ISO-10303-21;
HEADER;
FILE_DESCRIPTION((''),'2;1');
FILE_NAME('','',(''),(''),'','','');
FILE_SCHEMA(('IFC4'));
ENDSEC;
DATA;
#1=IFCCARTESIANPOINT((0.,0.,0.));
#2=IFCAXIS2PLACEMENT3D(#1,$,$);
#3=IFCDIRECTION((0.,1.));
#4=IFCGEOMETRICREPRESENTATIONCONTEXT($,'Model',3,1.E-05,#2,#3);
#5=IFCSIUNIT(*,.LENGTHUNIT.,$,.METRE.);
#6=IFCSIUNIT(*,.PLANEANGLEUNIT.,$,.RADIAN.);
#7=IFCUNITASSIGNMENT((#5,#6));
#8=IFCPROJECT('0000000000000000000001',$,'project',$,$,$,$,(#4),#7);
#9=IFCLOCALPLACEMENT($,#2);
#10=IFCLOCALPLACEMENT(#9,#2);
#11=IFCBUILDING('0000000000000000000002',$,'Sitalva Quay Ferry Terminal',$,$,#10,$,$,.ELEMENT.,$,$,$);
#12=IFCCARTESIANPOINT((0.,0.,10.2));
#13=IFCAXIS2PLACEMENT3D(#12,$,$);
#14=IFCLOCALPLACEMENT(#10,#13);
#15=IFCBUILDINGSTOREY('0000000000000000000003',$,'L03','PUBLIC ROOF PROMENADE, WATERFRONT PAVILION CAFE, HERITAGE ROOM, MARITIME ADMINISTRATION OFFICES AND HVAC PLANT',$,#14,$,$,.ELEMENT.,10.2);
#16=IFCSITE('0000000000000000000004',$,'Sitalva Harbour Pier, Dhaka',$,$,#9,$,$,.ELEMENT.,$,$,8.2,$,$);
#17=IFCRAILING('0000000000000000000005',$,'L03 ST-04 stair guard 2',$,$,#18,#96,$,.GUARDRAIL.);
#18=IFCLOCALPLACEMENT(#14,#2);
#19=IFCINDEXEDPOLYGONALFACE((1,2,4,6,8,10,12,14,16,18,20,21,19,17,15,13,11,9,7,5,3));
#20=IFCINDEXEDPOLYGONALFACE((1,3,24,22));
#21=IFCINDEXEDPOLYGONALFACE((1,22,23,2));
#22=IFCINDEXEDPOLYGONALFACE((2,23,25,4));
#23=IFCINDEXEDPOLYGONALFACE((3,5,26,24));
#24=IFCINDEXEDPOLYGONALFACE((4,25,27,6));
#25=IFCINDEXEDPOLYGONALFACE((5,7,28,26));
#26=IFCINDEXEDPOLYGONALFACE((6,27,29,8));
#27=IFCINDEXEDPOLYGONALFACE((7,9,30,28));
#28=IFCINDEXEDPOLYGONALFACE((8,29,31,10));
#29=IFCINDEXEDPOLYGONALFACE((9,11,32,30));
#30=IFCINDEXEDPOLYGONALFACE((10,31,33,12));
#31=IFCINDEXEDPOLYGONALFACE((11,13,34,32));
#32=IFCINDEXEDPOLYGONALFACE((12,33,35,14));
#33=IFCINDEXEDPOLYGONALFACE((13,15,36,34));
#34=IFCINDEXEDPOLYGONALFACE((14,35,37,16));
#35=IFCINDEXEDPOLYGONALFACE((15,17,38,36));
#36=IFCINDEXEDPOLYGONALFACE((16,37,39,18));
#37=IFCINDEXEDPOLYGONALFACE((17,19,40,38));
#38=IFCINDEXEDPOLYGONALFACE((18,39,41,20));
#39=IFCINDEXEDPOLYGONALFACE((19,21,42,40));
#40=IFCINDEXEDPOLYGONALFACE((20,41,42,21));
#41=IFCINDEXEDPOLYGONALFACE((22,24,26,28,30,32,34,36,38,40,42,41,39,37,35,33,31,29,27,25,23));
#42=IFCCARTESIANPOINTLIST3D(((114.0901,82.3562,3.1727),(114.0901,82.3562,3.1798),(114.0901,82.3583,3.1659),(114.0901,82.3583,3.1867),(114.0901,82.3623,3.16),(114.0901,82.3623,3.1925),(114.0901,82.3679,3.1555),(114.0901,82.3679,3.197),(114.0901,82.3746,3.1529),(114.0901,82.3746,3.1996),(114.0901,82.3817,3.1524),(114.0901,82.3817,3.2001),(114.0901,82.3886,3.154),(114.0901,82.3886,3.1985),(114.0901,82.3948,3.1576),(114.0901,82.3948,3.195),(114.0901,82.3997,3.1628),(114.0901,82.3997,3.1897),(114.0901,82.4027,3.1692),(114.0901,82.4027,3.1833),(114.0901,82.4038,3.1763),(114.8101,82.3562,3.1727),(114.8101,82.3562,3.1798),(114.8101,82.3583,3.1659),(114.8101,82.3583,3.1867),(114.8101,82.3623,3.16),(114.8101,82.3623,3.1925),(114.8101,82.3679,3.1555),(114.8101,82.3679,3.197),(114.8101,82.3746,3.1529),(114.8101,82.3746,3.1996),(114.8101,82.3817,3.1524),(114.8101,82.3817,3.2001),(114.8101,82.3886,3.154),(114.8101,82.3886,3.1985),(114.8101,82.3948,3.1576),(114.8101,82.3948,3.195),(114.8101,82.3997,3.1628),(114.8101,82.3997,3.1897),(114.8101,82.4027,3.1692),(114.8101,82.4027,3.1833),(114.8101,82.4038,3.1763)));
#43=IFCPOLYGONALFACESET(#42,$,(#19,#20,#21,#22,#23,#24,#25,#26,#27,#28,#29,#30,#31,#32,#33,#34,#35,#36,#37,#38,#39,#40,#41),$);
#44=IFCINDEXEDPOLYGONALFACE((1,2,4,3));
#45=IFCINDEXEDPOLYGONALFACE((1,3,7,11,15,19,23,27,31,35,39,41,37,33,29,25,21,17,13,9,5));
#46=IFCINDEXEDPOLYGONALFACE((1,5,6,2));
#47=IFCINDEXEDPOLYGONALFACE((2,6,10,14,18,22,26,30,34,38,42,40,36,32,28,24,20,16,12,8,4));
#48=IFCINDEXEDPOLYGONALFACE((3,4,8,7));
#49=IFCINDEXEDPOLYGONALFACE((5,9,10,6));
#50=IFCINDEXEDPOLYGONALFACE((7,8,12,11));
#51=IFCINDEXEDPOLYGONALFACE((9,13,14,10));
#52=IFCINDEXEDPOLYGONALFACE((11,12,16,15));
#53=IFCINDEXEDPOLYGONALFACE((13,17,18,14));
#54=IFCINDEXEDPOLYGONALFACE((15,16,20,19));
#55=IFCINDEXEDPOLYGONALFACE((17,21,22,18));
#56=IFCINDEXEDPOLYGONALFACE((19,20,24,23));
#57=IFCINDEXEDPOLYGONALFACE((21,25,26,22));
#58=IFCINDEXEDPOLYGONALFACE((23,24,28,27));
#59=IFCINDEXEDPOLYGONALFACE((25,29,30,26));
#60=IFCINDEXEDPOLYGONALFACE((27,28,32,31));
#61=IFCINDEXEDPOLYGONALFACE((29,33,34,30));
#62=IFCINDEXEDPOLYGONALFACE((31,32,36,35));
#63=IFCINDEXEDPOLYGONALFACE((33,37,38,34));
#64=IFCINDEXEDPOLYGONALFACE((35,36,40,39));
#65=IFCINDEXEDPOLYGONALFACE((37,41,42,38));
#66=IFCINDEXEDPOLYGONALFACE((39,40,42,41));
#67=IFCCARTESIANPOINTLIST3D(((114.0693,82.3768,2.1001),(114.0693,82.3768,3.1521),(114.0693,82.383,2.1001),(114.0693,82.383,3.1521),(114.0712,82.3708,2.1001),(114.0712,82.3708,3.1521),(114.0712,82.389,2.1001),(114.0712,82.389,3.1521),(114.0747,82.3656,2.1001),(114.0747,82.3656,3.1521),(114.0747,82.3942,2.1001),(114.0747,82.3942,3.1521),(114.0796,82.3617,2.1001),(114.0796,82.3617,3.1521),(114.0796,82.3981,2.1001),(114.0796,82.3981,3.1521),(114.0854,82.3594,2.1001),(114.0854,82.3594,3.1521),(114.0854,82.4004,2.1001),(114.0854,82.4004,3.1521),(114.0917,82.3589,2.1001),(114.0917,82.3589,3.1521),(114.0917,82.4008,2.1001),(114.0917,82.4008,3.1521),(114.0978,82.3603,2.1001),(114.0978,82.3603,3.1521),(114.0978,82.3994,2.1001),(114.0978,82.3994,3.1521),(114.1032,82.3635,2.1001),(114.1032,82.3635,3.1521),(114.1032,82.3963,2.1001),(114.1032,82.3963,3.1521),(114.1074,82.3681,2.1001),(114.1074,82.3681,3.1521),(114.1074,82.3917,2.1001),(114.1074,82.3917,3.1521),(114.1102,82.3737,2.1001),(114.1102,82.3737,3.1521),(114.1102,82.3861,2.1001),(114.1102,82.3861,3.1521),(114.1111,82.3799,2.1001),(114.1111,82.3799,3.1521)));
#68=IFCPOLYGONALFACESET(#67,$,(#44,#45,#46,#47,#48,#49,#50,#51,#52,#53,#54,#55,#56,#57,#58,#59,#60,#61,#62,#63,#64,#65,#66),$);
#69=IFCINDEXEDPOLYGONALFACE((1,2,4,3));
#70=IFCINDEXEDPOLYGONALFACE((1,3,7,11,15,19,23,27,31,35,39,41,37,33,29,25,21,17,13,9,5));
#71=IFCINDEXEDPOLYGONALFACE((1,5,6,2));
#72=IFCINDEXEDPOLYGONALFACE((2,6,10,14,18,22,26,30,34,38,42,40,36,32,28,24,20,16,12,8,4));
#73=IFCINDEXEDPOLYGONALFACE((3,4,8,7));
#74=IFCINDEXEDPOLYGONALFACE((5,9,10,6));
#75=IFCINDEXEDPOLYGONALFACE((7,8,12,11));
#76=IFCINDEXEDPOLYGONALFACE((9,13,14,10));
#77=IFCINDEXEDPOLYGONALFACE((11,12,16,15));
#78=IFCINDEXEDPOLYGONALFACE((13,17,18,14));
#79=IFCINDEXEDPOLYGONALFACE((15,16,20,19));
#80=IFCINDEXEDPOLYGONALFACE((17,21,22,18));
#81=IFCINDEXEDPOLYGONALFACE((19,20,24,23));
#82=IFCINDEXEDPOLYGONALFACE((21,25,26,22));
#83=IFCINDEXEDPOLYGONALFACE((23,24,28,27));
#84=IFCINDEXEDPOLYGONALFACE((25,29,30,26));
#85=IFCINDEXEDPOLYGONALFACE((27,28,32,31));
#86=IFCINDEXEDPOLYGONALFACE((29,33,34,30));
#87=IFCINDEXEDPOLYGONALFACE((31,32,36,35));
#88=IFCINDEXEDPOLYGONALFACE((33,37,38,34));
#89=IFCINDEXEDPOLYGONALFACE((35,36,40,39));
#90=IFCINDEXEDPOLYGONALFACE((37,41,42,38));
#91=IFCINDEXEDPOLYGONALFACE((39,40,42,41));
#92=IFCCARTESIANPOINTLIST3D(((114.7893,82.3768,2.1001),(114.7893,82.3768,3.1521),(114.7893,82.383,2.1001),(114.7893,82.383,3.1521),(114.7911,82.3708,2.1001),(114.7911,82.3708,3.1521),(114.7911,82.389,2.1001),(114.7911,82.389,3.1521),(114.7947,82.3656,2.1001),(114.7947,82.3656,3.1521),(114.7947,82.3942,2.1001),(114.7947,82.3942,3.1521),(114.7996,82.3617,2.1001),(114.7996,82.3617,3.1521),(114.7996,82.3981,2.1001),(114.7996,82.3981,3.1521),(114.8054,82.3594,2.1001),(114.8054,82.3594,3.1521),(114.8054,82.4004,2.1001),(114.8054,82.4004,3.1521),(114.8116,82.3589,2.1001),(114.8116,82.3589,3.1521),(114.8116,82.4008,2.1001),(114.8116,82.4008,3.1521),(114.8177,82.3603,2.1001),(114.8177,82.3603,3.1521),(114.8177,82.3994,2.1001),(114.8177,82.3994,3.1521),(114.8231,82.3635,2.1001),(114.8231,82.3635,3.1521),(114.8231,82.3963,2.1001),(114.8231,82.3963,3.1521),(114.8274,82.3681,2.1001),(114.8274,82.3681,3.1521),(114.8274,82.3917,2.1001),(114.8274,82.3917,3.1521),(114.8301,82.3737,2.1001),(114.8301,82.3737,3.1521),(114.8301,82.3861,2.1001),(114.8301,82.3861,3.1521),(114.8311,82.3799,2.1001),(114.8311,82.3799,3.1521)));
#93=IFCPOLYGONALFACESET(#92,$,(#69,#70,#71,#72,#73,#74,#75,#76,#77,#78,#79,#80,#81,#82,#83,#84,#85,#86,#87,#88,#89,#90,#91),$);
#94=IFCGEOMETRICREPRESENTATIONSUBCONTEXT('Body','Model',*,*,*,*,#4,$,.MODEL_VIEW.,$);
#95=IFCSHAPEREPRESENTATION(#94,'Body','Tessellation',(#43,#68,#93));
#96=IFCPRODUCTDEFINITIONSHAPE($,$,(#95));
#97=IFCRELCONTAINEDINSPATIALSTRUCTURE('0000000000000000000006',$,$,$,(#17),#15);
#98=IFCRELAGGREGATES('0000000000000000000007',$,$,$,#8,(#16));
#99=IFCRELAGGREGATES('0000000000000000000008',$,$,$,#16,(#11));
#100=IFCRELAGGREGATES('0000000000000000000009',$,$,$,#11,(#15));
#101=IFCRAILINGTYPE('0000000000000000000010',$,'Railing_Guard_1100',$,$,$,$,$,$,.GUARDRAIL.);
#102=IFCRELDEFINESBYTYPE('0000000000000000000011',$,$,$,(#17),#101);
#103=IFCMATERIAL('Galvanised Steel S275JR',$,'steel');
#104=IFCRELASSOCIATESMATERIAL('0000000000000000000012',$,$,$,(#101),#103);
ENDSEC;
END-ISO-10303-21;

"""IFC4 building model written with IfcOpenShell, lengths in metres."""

from ifc_helpers import new_model, si_unit, direction, frame, origin, origin_2d, place, context, subcontext, project, spatial, circle, extrude, material, type_object, element, save


model = new_model("IFC4")

# Units and contexts
model_context = context("Model", 3, precision=1e-05, world=origin(), true_north=direction((0.0, 1.0)))
body_context = subcontext(model_context, "Body", "Model", "MODEL_VIEW")
ifc_project = project(units=[si_unit("LENGTHUNIT", "METRE"), si_unit("PLANEANGLEUNIT", "RADIAN")], contexts=[model_context])

# Site, building, storey
site_placement = place(None, origin())
site = spatial("IfcSite", under=ifc_project, at=site_placement, Name="Sitalva Harbour Pier, Dhaka", CompositionType="ELEMENT", RefElevation=8.2)
building_placement = place(site_placement, origin())
building = spatial("IfcBuilding", under=site, at=building_placement, Name="Sitalva Quay Ferry Terminal", CompositionType="ELEMENT")
storey_placement = place(building_placement, frame((0.0, 0.0, 10.2)))
storey = spatial("IfcBuildingStorey", under=building, at=storey_placement, Name="L03", Description="PUBLIC ROOF PROMENADE, WATERFRONT PAVILION CAFE, HERITAGE ROOM, MARITIME ADMINISTRATION OFFICES AND HVAC PLANT", CompositionType="ELEMENT", Elevation=10.2)

# Railing
ifc_material_1 = material(Name="Galvanised Steel S275JR", Category="steel")
railing_type_1 = type_object("IfcRailingType", Name="Railing_Guard_1100", PredefinedType="GUARDRAIL", material=ifc_material_1)
railing_1_placement = place(storey_placement, frame((114.0901, 82.3799, 2.1001)))
element("IfcRailing", 1, at=railing_1_placement, inside=storey, type_object=railing_type_1, Name="L03 ST-04 stair guard 2", PredefinedType="GUARDRAIL", context=body_context, shape_type="SweptSolid", body=[
    extrude(circle(Radius=0.0239, at=origin_2d()), frame((0.0, 0.0, 1.0762), z_axis=(1.0, 0.0, 0.0), x_axis=(0.0, 1.0, 0.0)), (0.0, 0.0, 1.0), 0.72),
    extrude(circle(Radius=0.021, at=origin_2d()), origin(), (0.0, 0.0, 1.0), 1.052),
    extrude(circle(Radius=0.021, at=origin_2d()), frame((0.72, 0.0, 0.0)), (0.0, 0.0, 1.0), 1.052),
])

save(model, "model.ifc")
